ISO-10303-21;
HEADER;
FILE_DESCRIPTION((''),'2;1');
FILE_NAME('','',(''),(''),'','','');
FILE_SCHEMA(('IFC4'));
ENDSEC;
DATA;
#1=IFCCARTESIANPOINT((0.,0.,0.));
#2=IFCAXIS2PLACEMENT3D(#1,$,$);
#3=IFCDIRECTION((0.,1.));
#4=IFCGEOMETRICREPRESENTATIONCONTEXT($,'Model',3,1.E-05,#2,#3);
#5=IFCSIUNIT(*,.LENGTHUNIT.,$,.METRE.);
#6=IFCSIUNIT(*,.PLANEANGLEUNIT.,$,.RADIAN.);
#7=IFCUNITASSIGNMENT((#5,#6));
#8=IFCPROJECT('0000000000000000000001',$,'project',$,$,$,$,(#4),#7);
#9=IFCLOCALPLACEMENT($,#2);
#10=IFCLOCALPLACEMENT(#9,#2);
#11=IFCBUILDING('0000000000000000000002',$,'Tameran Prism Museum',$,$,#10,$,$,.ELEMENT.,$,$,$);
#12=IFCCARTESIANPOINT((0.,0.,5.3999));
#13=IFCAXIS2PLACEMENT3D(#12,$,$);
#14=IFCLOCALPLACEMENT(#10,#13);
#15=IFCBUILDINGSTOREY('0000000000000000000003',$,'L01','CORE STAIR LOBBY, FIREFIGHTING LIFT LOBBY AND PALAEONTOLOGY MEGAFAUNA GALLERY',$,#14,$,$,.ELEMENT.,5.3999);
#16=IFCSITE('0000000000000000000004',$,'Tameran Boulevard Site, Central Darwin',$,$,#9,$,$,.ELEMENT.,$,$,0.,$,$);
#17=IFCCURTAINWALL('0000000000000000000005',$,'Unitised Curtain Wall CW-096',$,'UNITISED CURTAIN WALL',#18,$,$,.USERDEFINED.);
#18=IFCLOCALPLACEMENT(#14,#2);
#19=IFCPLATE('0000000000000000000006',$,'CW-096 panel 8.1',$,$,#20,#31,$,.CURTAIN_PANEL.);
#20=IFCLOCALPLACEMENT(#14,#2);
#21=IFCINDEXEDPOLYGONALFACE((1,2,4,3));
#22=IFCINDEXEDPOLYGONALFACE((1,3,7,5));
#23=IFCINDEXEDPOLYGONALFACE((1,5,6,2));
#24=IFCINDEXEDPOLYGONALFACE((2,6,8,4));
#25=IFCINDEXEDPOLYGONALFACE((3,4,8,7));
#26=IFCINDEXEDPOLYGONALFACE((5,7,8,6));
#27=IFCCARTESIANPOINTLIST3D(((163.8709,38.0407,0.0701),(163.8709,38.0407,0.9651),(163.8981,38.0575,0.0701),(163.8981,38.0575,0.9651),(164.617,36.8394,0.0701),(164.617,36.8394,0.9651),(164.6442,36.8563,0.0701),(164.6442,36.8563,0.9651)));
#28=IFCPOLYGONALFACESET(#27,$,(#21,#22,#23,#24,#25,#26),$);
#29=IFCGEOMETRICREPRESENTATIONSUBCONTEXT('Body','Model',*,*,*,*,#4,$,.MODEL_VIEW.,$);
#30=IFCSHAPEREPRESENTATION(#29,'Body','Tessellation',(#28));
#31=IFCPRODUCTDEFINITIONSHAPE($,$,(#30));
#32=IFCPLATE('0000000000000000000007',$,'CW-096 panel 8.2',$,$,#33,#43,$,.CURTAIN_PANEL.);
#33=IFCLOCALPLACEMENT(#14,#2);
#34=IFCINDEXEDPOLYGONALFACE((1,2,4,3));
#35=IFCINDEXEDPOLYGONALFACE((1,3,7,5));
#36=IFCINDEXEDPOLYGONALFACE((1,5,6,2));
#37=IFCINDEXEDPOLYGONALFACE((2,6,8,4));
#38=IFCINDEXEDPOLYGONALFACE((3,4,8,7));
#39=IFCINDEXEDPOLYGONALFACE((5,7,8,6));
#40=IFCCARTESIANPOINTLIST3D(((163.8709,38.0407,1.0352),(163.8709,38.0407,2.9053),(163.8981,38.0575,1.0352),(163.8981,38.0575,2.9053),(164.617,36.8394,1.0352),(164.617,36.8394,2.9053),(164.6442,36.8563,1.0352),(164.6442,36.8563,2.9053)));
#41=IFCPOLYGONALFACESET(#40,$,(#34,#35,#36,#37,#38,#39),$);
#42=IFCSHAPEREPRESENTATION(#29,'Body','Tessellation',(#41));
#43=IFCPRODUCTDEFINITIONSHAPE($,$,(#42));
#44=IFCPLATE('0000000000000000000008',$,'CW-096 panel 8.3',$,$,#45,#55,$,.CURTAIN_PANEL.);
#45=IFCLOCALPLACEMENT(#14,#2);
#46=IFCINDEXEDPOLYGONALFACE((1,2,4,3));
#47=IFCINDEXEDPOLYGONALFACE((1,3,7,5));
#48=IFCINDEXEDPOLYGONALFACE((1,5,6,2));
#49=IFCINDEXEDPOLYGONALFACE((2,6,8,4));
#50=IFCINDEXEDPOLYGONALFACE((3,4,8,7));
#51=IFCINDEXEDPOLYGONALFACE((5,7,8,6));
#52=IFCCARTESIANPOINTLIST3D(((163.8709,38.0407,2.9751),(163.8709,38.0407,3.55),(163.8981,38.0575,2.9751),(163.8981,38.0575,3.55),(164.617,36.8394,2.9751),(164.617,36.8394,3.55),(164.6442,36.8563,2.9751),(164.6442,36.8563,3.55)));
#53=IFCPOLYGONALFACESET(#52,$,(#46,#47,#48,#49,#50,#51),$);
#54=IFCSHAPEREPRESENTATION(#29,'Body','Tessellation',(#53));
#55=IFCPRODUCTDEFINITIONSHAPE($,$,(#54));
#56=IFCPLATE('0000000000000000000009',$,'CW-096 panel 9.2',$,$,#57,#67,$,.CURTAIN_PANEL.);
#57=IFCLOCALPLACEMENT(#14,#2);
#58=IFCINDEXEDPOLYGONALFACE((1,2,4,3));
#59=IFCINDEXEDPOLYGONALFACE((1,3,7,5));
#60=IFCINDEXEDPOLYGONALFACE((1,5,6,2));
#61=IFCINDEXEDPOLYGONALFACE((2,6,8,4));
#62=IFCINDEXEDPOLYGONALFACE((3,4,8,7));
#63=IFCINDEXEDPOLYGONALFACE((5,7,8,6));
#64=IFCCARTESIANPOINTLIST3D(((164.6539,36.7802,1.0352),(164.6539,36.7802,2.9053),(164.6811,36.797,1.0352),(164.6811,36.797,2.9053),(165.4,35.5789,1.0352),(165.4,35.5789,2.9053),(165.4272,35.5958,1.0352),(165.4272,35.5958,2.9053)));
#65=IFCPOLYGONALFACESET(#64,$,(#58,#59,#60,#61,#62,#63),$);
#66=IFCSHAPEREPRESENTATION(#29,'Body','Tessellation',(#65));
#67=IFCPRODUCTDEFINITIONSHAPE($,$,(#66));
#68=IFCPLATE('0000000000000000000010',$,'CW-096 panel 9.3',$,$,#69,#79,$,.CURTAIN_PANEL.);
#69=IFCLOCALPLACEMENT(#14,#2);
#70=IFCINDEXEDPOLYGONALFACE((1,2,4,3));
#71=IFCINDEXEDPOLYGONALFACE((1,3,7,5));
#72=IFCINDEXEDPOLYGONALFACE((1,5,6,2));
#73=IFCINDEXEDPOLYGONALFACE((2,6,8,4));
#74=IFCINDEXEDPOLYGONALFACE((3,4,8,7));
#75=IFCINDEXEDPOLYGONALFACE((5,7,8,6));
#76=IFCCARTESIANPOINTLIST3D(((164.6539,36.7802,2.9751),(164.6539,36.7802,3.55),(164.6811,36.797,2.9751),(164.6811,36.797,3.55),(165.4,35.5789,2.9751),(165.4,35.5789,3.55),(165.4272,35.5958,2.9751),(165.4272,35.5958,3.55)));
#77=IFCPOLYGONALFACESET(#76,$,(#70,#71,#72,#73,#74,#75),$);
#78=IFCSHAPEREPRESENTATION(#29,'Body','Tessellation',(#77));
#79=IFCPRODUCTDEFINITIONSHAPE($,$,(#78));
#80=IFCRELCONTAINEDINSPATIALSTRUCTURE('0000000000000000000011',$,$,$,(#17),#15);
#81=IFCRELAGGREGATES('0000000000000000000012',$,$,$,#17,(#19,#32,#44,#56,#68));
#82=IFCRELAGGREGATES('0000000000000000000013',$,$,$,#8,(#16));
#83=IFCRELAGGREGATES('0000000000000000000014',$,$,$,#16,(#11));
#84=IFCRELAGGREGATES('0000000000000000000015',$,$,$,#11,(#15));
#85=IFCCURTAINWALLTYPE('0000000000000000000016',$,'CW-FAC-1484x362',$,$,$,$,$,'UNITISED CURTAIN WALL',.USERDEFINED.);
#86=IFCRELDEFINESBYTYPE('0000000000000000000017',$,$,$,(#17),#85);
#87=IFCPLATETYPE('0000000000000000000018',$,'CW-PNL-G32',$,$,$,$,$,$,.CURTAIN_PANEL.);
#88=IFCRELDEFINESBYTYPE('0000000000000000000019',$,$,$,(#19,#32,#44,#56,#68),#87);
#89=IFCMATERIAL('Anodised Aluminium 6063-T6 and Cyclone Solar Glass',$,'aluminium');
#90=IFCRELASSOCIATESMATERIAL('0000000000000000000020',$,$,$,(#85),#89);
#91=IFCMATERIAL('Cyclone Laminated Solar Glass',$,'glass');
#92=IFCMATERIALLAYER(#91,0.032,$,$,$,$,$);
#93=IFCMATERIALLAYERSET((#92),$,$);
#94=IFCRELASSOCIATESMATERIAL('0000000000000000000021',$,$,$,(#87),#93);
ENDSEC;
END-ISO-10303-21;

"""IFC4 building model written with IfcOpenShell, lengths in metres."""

from ifc_helpers import new_model, si_unit, direction, frame, origin, origin_2d, place, context, subcontext, project, spatial, rectangle, extrude, material, layer, layer_set, type_object, element, aggregate, save


model = new_model("IFC4")

# Units and contexts
model_context = context("Model", 3, precision=1e-05, world=origin(), true_north=direction((0.0, 1.0)))
body_context = subcontext(model_context, "Body", "Model", "MODEL_VIEW")
ifc_project = project(units=[si_unit("LENGTHUNIT", "METRE"), si_unit("PLANEANGLEUNIT", "RADIAN")], contexts=[model_context])

# Site, building, storey
site_placement = place(None, origin())
site = spatial("IfcSite", under=ifc_project, at=site_placement, Name="Tameran Boulevard Site, Central Darwin", CompositionType="ELEMENT", RefElevation=0.0)
building_placement = place(site_placement, origin())
building = spatial("IfcBuilding", under=site, at=building_placement, Name="Tameran Prism Museum", CompositionType="ELEMENT")
storey_placement = place(building_placement, frame((0.0, 0.0, 5.3999)))
storey = spatial("IfcBuildingStorey", under=building, at=storey_placement, Name="L01", Description="CORE STAIR LOBBY, FIREFIGHTING LIFT LOBBY AND PALAEONTOLOGY MEGAFAUNA GALLERY", CompositionType="ELEMENT", Elevation=5.3999)

# Curtain wall, plates
ifc_material_1 = material(Name="Anodised Aluminium 6063-T6 and Cyclone Solar Glass", Category="aluminium")
curtain_wall_type = type_object("IfcCurtainWallType", Name="CW-FAC-1484x362", ElementType="UNITISED CURTAIN WALL", PredefinedType="USERDEFINED", material=ifc_material_1)
curtain_wall_placement = place(storey_placement, origin())
curtain_wall = element("IfcCurtainWall", 1, at=curtain_wall_placement, inside=storey, type_object=curtain_wall_type, Name="Unitised Curtain Wall CW-096", ObjectType="UNITISED CURTAIN WALL", PredefinedType="USERDEFINED")
ifc_material_2 = material(Name="Cyclone Laminated Solar Glass", Category="glass")
ifc_layer = layer(ifc_material_2, 0.032)
ifc_layer_set = layer_set([ifc_layer])
plate_type = type_object("IfcPlateType", Name="CW-PNL-G32", PredefinedType="CURTAIN_PANEL", material=ifc_layer_set)
plate_1_placement = place(storey_placement, frame((164.2576, 37.4485, 0.0701), z_axis=(0.0, 0.0, 1.0), x_axis=(0.527635, -0.849471, 0.0)))
plate_1 = element("IfcPlate", 2, at=plate_1_placement, type_object=plate_type, Name="CW-096 panel 8.1", PredefinedType="CURTAIN_PANEL", context=body_context, shape_type="SweptSolid", body=[
    extrude(rectangle(XDim=1.4141, YDim=0.032, at=origin_2d()), origin(), (0.0, 0.0, 1.0), 0.895),
])
plate_2_placement = place(storey_placement, frame((164.2576, 37.4485, 1.0352), z_axis=(0.0, 0.0, 1.0), x_axis=(0.527635, -0.849471, 0.0)))
plate_2 = element("IfcPlate", 3, at=plate_2_placement, type_object=plate_type, Name="CW-096 panel 8.2", PredefinedType="CURTAIN_PANEL", context=body_context, shape_type="SweptSolid", body=[
    extrude(rectangle(XDim=1.4141, YDim=0.032, at=origin_2d()), origin(), (0.0, 0.0, 1.0), 1.8701),
])
plate_3_placement = place(storey_placement, frame((164.2576, 37.4485, 2.9751), z_axis=(0.0, 0.0, 1.0), x_axis=(0.527635, -0.849471, 0.0)))
plate_3 = element("IfcPlate", 4, at=plate_3_placement, type_object=plate_type, Name="CW-096 panel 8.3", PredefinedType="CURTAIN_PANEL", context=body_context, shape_type="SweptSolid", body=[
    extrude(rectangle(XDim=1.4141, YDim=0.032, at=origin_2d()), origin(), (0.0, 0.0, 1.0), 0.575),
])
plate_4_placement = place(storey_placement, frame((165.0405, 36.188, 1.0352), z_axis=(0.0, 0.0, 1.0), x_axis=(0.527635, -0.849471, 0.0)))
plate_4 = element("IfcPlate", 5, at=plate_4_placement, type_object=plate_type, Name="CW-096 panel 9.2", PredefinedType="CURTAIN_PANEL", context=body_context, shape_type="SweptSolid", body=[
    extrude(rectangle(XDim=1.4141, YDim=0.032, at=origin_2d()), origin(), (0.0, 0.0, 1.0), 1.8701),
])
plate_5_placement = place(storey_placement, frame((165.0405, 36.188, 2.9751), z_axis=(0.0, 0.0, 1.0), x_axis=(0.527635, -0.849471, 0.0)))
plate_5 = element("IfcPlate", 6, at=plate_5_placement, type_object=plate_type, Name="CW-096 panel 9.3", PredefinedType="CURTAIN_PANEL", context=body_context, shape_type="SweptSolid", body=[
    extrude(rectangle(XDim=1.4141, YDim=0.032, at=origin_2d()), origin(), (0.0, 0.0, 1.0), 0.575),
])
aggregate(curtain_wall, [plate_1, plate_2, plate_3, plate_4, plate_5])

save(model, "model.ifc")
